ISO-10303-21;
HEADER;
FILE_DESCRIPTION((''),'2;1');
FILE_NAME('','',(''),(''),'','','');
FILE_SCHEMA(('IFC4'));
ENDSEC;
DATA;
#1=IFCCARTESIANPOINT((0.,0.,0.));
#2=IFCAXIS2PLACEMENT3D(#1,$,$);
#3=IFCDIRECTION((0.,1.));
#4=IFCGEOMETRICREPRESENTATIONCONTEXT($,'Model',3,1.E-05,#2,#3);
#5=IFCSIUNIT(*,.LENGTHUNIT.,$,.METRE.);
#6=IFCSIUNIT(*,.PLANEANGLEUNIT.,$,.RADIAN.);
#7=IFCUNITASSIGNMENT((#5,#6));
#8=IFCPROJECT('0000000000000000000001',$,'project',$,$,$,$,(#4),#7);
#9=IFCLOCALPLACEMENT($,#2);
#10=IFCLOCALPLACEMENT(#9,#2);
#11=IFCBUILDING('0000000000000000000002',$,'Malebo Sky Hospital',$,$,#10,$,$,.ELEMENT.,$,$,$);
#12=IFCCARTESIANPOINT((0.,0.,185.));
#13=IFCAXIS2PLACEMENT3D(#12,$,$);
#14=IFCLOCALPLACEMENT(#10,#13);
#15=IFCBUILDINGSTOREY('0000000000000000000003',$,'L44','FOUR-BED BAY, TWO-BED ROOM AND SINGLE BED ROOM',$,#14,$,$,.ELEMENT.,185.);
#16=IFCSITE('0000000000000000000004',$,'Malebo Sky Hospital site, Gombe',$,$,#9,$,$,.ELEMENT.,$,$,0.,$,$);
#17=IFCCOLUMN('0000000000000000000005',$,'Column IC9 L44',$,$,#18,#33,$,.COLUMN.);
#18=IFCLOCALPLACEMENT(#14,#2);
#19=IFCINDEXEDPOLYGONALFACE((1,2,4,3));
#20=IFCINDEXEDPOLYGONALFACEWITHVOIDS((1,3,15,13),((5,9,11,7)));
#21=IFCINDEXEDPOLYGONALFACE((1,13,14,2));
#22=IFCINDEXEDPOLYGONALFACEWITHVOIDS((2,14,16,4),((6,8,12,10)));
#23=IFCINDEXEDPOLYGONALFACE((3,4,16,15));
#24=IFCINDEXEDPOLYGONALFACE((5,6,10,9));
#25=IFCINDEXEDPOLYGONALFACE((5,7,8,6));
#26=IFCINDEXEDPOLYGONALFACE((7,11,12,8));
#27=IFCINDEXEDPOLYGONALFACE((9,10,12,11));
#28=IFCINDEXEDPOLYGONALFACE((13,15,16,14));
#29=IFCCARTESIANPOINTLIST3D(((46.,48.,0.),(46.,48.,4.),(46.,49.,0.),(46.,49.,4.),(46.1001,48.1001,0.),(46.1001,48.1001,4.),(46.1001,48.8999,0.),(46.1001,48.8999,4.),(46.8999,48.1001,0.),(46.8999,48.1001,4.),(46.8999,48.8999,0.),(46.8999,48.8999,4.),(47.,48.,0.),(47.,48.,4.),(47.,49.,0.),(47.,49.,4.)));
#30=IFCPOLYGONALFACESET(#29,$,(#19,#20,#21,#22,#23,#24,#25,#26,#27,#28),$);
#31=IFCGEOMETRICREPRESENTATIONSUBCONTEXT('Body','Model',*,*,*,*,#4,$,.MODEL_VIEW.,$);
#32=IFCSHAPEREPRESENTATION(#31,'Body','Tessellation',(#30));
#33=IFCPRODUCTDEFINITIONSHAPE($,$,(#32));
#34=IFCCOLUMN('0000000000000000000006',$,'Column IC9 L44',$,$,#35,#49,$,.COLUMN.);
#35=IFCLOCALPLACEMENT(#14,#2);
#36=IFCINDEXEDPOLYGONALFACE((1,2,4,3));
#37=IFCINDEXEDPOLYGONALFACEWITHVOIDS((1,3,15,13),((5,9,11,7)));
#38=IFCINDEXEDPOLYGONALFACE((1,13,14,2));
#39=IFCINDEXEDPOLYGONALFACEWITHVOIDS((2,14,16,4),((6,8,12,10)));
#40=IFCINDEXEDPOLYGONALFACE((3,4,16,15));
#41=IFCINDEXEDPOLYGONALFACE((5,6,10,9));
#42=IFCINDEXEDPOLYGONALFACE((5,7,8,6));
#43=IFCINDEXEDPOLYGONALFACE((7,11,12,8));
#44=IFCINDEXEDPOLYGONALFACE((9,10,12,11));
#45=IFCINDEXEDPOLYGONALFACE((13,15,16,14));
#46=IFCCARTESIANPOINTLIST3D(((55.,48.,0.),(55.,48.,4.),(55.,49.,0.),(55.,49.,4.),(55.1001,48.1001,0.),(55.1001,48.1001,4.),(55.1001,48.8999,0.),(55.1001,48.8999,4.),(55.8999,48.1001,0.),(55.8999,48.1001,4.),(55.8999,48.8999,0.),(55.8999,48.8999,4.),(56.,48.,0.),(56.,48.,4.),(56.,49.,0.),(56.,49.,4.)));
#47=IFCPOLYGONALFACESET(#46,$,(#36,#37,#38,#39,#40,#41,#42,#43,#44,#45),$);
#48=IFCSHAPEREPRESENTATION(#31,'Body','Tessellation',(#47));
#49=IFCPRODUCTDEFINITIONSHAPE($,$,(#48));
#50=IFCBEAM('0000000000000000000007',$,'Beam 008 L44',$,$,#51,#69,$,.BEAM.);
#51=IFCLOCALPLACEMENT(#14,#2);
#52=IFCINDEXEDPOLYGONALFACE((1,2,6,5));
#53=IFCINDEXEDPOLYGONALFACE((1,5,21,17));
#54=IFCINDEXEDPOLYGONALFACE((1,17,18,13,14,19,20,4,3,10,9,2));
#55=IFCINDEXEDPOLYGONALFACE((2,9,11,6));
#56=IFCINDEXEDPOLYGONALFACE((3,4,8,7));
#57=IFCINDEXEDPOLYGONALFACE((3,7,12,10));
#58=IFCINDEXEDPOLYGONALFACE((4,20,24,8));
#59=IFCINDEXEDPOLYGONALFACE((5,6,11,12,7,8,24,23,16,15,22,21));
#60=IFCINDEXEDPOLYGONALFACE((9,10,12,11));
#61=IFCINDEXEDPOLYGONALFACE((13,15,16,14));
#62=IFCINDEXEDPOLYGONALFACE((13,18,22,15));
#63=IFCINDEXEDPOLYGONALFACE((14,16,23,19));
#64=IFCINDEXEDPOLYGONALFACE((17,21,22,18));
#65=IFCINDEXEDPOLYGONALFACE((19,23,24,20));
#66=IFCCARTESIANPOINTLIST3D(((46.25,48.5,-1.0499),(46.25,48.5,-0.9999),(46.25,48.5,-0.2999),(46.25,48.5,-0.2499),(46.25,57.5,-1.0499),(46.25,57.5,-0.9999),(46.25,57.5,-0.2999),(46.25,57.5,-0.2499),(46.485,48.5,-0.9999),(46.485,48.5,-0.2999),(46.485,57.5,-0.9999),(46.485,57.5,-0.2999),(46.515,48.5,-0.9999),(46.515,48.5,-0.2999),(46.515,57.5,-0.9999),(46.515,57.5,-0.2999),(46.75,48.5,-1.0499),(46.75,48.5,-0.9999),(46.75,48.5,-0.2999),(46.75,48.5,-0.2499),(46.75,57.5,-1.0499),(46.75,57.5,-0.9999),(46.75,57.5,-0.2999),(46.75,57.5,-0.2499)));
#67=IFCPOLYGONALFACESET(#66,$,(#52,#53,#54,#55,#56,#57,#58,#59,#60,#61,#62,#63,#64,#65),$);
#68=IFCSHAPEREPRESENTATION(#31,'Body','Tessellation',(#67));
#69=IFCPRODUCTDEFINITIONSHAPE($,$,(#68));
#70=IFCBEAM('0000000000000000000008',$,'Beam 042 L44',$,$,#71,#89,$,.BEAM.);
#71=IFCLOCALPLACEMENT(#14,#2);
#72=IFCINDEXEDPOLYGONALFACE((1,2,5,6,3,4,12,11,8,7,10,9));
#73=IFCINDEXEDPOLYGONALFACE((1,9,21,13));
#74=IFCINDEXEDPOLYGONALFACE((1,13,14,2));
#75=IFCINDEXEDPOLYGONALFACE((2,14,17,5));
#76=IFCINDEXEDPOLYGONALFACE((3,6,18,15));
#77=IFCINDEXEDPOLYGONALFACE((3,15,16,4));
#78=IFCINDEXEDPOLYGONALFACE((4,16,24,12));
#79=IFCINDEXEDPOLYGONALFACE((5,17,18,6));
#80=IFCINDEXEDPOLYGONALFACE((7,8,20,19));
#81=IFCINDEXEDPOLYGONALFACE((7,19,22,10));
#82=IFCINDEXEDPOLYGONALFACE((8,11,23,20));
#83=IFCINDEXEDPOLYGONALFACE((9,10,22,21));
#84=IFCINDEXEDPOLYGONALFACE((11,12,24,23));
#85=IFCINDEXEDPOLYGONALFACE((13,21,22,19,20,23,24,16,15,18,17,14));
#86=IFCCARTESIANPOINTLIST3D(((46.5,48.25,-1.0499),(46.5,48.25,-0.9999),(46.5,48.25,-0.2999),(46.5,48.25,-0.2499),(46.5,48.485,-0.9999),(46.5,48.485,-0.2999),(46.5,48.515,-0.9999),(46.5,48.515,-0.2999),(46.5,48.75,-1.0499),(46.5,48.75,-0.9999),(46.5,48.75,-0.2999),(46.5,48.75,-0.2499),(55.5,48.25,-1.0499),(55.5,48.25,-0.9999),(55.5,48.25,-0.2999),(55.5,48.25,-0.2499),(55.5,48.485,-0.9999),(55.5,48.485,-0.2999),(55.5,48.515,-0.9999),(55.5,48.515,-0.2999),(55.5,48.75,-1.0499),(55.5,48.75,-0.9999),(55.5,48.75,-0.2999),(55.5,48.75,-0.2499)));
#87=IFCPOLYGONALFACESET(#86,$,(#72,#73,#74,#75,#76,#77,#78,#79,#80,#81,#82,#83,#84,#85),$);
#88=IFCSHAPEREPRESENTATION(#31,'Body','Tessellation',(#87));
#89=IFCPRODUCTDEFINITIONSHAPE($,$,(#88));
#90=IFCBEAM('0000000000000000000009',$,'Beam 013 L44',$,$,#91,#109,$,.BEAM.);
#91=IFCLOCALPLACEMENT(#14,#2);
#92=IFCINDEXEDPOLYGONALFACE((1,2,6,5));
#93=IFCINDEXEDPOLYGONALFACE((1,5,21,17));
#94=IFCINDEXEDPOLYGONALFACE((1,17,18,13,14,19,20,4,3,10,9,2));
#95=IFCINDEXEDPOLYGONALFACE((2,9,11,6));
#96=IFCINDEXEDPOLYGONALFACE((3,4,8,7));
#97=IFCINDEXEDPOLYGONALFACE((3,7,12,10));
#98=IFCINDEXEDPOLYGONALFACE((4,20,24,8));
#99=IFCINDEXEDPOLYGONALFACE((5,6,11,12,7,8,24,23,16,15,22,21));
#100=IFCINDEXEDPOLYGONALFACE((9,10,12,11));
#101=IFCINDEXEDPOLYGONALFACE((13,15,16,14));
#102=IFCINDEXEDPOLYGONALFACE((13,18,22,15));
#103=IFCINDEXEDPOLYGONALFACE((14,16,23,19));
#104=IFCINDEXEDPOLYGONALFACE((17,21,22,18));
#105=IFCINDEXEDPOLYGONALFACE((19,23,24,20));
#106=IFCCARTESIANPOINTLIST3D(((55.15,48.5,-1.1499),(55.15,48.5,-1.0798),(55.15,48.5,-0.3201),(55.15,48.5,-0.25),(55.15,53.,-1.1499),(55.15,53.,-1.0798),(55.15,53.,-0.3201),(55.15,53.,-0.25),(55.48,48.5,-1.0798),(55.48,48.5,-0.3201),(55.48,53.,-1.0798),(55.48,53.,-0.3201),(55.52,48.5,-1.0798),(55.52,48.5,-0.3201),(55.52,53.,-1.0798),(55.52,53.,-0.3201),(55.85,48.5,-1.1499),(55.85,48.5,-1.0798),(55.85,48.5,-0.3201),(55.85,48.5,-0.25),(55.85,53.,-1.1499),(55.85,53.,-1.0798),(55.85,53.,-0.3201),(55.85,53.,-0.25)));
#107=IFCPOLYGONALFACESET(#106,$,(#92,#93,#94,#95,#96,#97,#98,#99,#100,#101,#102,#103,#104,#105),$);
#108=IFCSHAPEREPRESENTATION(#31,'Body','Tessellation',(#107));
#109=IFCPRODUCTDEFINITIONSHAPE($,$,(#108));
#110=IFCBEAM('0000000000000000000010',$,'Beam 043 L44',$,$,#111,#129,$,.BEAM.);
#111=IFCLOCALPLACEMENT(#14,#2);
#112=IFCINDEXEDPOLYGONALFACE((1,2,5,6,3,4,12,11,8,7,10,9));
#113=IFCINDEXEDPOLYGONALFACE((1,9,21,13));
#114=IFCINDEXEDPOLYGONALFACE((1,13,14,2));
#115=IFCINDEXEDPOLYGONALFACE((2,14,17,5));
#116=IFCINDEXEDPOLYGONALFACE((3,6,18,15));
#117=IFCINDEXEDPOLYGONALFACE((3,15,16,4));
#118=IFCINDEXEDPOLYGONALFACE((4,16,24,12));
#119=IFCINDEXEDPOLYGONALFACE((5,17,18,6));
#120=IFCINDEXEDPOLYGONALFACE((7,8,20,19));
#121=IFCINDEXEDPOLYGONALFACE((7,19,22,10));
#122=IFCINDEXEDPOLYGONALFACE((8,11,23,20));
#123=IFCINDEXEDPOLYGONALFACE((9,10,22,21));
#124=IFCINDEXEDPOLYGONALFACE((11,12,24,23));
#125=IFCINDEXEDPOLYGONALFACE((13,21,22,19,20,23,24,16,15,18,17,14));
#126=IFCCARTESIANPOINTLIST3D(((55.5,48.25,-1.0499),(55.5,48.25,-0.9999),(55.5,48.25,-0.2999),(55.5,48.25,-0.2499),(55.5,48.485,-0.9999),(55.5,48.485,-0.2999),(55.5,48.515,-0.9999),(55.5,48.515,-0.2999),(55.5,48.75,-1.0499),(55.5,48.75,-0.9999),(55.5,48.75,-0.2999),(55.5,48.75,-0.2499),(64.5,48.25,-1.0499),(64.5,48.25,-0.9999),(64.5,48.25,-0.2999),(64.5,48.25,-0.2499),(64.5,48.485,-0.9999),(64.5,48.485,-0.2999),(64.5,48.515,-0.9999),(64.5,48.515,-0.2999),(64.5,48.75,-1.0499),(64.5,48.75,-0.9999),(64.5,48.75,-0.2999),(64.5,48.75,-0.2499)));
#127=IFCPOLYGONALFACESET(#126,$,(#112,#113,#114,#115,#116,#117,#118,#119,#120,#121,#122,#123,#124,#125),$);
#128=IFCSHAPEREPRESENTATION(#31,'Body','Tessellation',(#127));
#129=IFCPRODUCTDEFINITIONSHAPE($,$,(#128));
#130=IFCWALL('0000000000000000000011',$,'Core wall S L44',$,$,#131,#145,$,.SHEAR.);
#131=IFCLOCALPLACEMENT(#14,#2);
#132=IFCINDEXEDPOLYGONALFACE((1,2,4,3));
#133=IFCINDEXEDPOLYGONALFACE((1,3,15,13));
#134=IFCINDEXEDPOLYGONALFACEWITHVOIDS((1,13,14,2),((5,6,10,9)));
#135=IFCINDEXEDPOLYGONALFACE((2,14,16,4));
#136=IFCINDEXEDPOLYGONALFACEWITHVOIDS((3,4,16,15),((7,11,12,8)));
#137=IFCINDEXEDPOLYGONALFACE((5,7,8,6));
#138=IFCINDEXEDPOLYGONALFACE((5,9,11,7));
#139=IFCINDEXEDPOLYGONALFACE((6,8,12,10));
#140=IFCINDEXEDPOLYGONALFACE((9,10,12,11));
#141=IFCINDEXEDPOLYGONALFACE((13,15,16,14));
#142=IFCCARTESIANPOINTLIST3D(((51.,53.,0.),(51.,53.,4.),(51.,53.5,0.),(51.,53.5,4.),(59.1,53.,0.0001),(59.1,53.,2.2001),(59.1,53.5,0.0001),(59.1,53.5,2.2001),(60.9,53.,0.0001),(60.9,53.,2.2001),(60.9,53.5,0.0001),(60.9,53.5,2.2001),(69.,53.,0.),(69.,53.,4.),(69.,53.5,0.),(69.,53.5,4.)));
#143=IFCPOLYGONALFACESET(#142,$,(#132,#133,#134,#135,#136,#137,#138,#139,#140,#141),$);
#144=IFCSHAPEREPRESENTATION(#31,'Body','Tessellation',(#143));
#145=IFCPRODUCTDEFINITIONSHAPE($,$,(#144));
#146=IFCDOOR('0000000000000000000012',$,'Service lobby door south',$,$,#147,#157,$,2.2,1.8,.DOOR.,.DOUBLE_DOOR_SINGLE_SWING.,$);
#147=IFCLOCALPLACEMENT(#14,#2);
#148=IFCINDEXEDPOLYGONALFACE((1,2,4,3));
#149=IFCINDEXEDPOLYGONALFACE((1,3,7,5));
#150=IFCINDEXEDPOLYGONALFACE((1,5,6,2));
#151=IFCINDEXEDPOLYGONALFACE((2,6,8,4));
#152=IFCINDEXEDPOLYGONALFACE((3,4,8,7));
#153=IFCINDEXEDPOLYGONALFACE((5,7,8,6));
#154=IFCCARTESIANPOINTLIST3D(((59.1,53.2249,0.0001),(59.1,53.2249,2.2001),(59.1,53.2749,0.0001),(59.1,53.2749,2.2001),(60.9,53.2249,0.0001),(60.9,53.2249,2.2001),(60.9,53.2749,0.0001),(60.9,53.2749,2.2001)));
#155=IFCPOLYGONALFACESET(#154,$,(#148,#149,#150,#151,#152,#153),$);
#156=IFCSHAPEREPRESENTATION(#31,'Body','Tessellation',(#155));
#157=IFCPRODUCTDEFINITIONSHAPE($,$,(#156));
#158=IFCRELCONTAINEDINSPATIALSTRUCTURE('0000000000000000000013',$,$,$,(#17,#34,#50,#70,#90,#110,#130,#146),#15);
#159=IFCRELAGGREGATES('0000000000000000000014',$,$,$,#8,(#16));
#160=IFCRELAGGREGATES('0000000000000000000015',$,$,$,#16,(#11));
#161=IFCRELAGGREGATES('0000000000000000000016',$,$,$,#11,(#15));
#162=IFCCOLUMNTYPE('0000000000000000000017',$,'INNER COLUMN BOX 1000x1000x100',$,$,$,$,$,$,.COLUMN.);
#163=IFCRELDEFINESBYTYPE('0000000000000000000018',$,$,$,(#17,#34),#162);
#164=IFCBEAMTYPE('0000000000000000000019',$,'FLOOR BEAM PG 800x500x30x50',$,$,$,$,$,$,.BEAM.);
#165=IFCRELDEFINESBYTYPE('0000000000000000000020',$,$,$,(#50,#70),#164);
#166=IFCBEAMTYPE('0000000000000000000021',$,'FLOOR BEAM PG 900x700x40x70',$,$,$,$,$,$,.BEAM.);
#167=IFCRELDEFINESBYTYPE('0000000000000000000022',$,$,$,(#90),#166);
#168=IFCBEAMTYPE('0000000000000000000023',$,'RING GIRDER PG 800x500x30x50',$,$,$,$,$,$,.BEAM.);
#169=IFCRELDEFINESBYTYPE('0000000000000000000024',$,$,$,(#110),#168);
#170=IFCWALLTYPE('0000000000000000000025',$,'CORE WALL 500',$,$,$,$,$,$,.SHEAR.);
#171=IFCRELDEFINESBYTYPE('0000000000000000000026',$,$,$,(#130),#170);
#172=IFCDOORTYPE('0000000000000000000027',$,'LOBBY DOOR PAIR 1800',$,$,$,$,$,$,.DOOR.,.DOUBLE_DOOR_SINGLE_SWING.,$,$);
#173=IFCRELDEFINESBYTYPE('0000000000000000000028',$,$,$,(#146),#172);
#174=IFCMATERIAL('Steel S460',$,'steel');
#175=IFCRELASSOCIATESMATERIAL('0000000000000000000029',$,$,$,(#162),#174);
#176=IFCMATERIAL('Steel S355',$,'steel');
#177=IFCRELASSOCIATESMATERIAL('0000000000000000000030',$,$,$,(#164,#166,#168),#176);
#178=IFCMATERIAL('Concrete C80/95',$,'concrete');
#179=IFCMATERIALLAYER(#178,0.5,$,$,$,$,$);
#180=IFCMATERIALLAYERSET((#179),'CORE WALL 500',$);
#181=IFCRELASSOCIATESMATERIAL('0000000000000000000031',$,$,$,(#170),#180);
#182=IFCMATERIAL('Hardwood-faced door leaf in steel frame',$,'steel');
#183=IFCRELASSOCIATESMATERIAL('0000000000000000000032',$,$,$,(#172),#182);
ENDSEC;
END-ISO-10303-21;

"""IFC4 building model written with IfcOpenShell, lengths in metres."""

from ifc_helpers import new_model, si_unit, direction, frame, frame_2d, origin, origin_2d, place, context, subcontext, project, spatial, rectangle, hollow_rectangle, i_section, extrude, material, layer, layer_set, material_profile, profile_set, type_object, element, fill, save


model = new_model("IFC4")

# Units and contexts
model_context = context("Model", 3, precision=1e-05, world=origin(), true_north=direction((0.0, 1.0)))
body_context = subcontext(model_context, "Body", "Model", "MODEL_VIEW")
ifc_project = project(units=[si_unit("LENGTHUNIT", "METRE"), si_unit("PLANEANGLEUNIT", "RADIAN")], contexts=[model_context])

# Site, building, storey
site_placement = place(None, origin())
site = spatial("IfcSite", under=ifc_project, at=site_placement, Name="Malebo Sky Hospital site, Gombe", CompositionType="ELEMENT", RefElevation=0.0)
building_placement = place(site_placement, origin())
building = spatial("IfcBuilding", under=site, at=building_placement, Name="Malebo Sky Hospital", CompositionType="ELEMENT")
storey_placement = place(building_placement, frame((0.0, 0.0, 185.0)))
storey = spatial("IfcBuildingStorey", under=building, at=storey_placement, Name="L44", Description="FOUR-BED BAY, TWO-BED ROOM AND SINGLE BED ROOM", CompositionType="ELEMENT", Elevation=185.0)

# Columns
ifc_material_1 = material(Name="Steel S460", Category="steel")
ifc_material_profile_1 = material_profile(ifc_material_1, hollow_rectangle(XDim=1.0, YDim=1.0, WallThickness=0.1001, at=origin_2d()), Name="BOX 1000x1000x100")
ifc_profile_set_1 = profile_set([ifc_material_profile_1], Name="Steel S460")
column_type = type_object("IfcColumnType", Name="INNER COLUMN BOX 1000x1000x100", PredefinedType="COLUMN", material=ifc_profile_set_1)
for number, where, z_axis, x_axis, name in (
    (1, (46.5, 48.5, 0.0), (0.0, 0.0, 1.0), (1.0, 0.0, 0.0), "Column IC9 L44"),
    (2, (55.5, 48.5, 0.0), (0.0, 0.0, 1.0), (1.0, 0.0, 0.0), "Column IC9 L44"),
):
    element("IfcColumn", number, at=place(storey_placement, frame(where, z_axis=z_axis, x_axis=x_axis)), inside=storey, type_object=column_type, Name=name, PredefinedType="COLUMN", context=body_context, shape_type="SweptSolid", body=[
        extrude(hollow_rectangle(XDim=1.0, YDim=1.0, WallThickness=0.1001, at=origin_2d()), origin(), (0.0, 0.0, 1.0), 4.0),
    ])

# Beams
ifc_material_2 = material(Name="Steel S355", Category="steel")
ifc_material_profile_2 = material_profile(ifc_material_2, i_section(OverallWidth=0.5, OverallDepth=0.8, WebThickness=0.03, FlangeThickness=0.05, at=origin_2d()), Name="PG 800x500x30x50")
ifc_profile_set_2 = profile_set([ifc_material_profile_2], Name="Steel S355")
beam_type_1 = type_object("IfcBeamType", Name="FLOOR BEAM PG 800x500x30x50", PredefinedType="BEAM", material=ifc_profile_set_2)
for number, where, z_axis, x_axis, name in (
    (3, (46.5, 48.5, -0.6499), (0.0, 1.0, 0.0), (-1.0, 0.0, 0.0), "Beam 008 L44"),
    (4, (46.5, 48.5, -0.6499), (1.0, 0.0, 0.0), (0.0, 1.0, 0.0), "Beam 042 L44"),
):
    element("IfcBeam", number, at=place(storey_placement, frame(where, z_axis=z_axis, x_axis=x_axis)), inside=storey, type_object=beam_type_1, Name=name, PredefinedType="BEAM", context=body_context, shape_type="SweptSolid", body=[
        extrude(i_section(OverallWidth=0.5, OverallDepth=0.8, WebThickness=0.03, FlangeThickness=0.05, at=origin_2d()), origin(), (0.0, 0.0, 1.0), 9.0),
    ])
ifc_material_profile_3 = material_profile(ifc_material_2, i_section(OverallWidth=0.7, OverallDepth=0.8999, WebThickness=0.04, FlangeThickness=0.0701, at=origin_2d()), Name="PG 900x700x40x70")
ifc_profile_set_3 = profile_set([ifc_material_profile_3], Name="Steel S355")
beam_type_2 = type_object("IfcBeamType", Name="FLOOR BEAM PG 900x700x40x70", PredefinedType="BEAM", material=ifc_profile_set_3)
beam_1_placement = place(storey_placement, frame((55.5, 48.5, -0.7), z_axis=(0.0, 1.0, 0.0), x_axis=(-1.0, 0.0, 0.0)))
element("IfcBeam", 5, at=beam_1_placement, inside=storey, type_object=beam_type_2, Name="Beam 013 L44", PredefinedType="BEAM", context=body_context, shape_type="SweptSolid", body=[
    extrude(i_section(OverallWidth=0.7, OverallDepth=0.8999, WebThickness=0.04, FlangeThickness=0.0701, at=origin_2d()), origin(), (0.0, 0.0, 1.0), 4.5),
])
ifc_material_profile_4 = material_profile(ifc_material_2, i_section(OverallWidth=0.5, OverallDepth=0.8, WebThickness=0.03, FlangeThickness=0.05, at=origin_2d()), Name="PG 800x500x30x50")
ifc_profile_set_4 = profile_set([ifc_material_profile_4], Name="Steel S355")
beam_type_3 = type_object("IfcBeamType", Name="RING GIRDER PG 800x500x30x50", PredefinedType="BEAM", material=ifc_profile_set_4)
beam_2_placement = place(storey_placement, frame((55.5, 48.5, -0.6499), z_axis=(1.0, 0.0, 0.0), x_axis=(0.0, 1.0, 0.0)))
element("IfcBeam", 6, at=beam_2_placement, inside=storey, type_object=beam_type_3, Name="Beam 043 L44", PredefinedType="BEAM", context=body_context, shape_type="SweptSolid", body=[
    extrude(i_section(OverallWidth=0.5, OverallDepth=0.8, WebThickness=0.03, FlangeThickness=0.05, at=origin_2d()), origin(), (0.0, 0.0, 1.0), 9.0),
])

# Wall, opening, door
ifc_material_3 = material(Name="Concrete C80/95", Category="concrete")
ifc_layer_1 = layer(ifc_material_3, 0.5)
ifc_layer_set_1 = layer_set([ifc_layer_1], Name="CORE WALL 500")
wall_type_1 = type_object("IfcWallType", Name="CORE WALL 500", PredefinedType="SHEAR", material=ifc_layer_set_1)
wall_1_placement = place(storey_placement, frame((51.0, 53.25, 0.0), z_axis=(0.0, 0.0, 1.0), x_axis=(1.0, 0.0, 0.0)))
wall_1 = element("IfcWall", 7, at=wall_1_placement, inside=storey, type_object=wall_type_1, Name="Core wall S L44", PredefinedType="SHEAR", context=body_context, shape_type="SweptSolid", body=[
    extrude(rectangle(XDim=18.0, YDim=0.5, at=frame_2d((9.0, 0.0))), origin(), (0.0, 0.0, 1.0), 4.0),
])
opening_1_placement = place(wall_1_placement, frame((8.1001, 0.0, 0.0)))
opening_1 = element("IfcOpeningElement", 8, at=opening_1_placement, cuts=wall_1, PredefinedType="OPENING", context=body_context, shape_type="SweptSolid", body=[
    extrude(rectangle(XDim=1.8, YDim=2.2, at=frame_2d((0.8999, 1.1001))), frame((0.0, 0.26, 0.0), z_axis=(0.0, -1.0, 0.0), x_axis=(1.0, 0.0, 0.0)), (0.0, 0.0, 1.0), 0.52),
])
ifc_material_4 = material(Name="Hardwood-faced door leaf in steel frame", Category="steel")
door_type_1 = type_object("IfcDoorType", Name="LOBBY DOOR PAIR 1800", OperationType="DOUBLE_DOOR_SINGLE_SWING", PredefinedType="DOOR", material=ifc_material_4)
door_1_placement = place(opening_1_placement, origin())
door_1 = element("IfcDoor", 9, at=door_1_placement, inside=storey, type_object=door_type_1, Name="Service lobby door south", OperationType="DOUBLE_DOOR_SINGLE_SWING", OverallHeight=2.2, OverallWidth=1.8, PredefinedType="DOOR", context=body_context, shape_type="SweptSolid", body=[
    extrude(rectangle(XDim=1.8, YDim=2.2, at=frame_2d((0.8999, 1.1001))), frame((0.0, 0.0249, 0.0), z_axis=(0.0, -1.0, 0.0), x_axis=(1.0, 0.0, 0.0)), (0.0, 0.0, 1.0), 0.05),
])
fill(opening_1, door_1)

save(model, "model.ifc")
